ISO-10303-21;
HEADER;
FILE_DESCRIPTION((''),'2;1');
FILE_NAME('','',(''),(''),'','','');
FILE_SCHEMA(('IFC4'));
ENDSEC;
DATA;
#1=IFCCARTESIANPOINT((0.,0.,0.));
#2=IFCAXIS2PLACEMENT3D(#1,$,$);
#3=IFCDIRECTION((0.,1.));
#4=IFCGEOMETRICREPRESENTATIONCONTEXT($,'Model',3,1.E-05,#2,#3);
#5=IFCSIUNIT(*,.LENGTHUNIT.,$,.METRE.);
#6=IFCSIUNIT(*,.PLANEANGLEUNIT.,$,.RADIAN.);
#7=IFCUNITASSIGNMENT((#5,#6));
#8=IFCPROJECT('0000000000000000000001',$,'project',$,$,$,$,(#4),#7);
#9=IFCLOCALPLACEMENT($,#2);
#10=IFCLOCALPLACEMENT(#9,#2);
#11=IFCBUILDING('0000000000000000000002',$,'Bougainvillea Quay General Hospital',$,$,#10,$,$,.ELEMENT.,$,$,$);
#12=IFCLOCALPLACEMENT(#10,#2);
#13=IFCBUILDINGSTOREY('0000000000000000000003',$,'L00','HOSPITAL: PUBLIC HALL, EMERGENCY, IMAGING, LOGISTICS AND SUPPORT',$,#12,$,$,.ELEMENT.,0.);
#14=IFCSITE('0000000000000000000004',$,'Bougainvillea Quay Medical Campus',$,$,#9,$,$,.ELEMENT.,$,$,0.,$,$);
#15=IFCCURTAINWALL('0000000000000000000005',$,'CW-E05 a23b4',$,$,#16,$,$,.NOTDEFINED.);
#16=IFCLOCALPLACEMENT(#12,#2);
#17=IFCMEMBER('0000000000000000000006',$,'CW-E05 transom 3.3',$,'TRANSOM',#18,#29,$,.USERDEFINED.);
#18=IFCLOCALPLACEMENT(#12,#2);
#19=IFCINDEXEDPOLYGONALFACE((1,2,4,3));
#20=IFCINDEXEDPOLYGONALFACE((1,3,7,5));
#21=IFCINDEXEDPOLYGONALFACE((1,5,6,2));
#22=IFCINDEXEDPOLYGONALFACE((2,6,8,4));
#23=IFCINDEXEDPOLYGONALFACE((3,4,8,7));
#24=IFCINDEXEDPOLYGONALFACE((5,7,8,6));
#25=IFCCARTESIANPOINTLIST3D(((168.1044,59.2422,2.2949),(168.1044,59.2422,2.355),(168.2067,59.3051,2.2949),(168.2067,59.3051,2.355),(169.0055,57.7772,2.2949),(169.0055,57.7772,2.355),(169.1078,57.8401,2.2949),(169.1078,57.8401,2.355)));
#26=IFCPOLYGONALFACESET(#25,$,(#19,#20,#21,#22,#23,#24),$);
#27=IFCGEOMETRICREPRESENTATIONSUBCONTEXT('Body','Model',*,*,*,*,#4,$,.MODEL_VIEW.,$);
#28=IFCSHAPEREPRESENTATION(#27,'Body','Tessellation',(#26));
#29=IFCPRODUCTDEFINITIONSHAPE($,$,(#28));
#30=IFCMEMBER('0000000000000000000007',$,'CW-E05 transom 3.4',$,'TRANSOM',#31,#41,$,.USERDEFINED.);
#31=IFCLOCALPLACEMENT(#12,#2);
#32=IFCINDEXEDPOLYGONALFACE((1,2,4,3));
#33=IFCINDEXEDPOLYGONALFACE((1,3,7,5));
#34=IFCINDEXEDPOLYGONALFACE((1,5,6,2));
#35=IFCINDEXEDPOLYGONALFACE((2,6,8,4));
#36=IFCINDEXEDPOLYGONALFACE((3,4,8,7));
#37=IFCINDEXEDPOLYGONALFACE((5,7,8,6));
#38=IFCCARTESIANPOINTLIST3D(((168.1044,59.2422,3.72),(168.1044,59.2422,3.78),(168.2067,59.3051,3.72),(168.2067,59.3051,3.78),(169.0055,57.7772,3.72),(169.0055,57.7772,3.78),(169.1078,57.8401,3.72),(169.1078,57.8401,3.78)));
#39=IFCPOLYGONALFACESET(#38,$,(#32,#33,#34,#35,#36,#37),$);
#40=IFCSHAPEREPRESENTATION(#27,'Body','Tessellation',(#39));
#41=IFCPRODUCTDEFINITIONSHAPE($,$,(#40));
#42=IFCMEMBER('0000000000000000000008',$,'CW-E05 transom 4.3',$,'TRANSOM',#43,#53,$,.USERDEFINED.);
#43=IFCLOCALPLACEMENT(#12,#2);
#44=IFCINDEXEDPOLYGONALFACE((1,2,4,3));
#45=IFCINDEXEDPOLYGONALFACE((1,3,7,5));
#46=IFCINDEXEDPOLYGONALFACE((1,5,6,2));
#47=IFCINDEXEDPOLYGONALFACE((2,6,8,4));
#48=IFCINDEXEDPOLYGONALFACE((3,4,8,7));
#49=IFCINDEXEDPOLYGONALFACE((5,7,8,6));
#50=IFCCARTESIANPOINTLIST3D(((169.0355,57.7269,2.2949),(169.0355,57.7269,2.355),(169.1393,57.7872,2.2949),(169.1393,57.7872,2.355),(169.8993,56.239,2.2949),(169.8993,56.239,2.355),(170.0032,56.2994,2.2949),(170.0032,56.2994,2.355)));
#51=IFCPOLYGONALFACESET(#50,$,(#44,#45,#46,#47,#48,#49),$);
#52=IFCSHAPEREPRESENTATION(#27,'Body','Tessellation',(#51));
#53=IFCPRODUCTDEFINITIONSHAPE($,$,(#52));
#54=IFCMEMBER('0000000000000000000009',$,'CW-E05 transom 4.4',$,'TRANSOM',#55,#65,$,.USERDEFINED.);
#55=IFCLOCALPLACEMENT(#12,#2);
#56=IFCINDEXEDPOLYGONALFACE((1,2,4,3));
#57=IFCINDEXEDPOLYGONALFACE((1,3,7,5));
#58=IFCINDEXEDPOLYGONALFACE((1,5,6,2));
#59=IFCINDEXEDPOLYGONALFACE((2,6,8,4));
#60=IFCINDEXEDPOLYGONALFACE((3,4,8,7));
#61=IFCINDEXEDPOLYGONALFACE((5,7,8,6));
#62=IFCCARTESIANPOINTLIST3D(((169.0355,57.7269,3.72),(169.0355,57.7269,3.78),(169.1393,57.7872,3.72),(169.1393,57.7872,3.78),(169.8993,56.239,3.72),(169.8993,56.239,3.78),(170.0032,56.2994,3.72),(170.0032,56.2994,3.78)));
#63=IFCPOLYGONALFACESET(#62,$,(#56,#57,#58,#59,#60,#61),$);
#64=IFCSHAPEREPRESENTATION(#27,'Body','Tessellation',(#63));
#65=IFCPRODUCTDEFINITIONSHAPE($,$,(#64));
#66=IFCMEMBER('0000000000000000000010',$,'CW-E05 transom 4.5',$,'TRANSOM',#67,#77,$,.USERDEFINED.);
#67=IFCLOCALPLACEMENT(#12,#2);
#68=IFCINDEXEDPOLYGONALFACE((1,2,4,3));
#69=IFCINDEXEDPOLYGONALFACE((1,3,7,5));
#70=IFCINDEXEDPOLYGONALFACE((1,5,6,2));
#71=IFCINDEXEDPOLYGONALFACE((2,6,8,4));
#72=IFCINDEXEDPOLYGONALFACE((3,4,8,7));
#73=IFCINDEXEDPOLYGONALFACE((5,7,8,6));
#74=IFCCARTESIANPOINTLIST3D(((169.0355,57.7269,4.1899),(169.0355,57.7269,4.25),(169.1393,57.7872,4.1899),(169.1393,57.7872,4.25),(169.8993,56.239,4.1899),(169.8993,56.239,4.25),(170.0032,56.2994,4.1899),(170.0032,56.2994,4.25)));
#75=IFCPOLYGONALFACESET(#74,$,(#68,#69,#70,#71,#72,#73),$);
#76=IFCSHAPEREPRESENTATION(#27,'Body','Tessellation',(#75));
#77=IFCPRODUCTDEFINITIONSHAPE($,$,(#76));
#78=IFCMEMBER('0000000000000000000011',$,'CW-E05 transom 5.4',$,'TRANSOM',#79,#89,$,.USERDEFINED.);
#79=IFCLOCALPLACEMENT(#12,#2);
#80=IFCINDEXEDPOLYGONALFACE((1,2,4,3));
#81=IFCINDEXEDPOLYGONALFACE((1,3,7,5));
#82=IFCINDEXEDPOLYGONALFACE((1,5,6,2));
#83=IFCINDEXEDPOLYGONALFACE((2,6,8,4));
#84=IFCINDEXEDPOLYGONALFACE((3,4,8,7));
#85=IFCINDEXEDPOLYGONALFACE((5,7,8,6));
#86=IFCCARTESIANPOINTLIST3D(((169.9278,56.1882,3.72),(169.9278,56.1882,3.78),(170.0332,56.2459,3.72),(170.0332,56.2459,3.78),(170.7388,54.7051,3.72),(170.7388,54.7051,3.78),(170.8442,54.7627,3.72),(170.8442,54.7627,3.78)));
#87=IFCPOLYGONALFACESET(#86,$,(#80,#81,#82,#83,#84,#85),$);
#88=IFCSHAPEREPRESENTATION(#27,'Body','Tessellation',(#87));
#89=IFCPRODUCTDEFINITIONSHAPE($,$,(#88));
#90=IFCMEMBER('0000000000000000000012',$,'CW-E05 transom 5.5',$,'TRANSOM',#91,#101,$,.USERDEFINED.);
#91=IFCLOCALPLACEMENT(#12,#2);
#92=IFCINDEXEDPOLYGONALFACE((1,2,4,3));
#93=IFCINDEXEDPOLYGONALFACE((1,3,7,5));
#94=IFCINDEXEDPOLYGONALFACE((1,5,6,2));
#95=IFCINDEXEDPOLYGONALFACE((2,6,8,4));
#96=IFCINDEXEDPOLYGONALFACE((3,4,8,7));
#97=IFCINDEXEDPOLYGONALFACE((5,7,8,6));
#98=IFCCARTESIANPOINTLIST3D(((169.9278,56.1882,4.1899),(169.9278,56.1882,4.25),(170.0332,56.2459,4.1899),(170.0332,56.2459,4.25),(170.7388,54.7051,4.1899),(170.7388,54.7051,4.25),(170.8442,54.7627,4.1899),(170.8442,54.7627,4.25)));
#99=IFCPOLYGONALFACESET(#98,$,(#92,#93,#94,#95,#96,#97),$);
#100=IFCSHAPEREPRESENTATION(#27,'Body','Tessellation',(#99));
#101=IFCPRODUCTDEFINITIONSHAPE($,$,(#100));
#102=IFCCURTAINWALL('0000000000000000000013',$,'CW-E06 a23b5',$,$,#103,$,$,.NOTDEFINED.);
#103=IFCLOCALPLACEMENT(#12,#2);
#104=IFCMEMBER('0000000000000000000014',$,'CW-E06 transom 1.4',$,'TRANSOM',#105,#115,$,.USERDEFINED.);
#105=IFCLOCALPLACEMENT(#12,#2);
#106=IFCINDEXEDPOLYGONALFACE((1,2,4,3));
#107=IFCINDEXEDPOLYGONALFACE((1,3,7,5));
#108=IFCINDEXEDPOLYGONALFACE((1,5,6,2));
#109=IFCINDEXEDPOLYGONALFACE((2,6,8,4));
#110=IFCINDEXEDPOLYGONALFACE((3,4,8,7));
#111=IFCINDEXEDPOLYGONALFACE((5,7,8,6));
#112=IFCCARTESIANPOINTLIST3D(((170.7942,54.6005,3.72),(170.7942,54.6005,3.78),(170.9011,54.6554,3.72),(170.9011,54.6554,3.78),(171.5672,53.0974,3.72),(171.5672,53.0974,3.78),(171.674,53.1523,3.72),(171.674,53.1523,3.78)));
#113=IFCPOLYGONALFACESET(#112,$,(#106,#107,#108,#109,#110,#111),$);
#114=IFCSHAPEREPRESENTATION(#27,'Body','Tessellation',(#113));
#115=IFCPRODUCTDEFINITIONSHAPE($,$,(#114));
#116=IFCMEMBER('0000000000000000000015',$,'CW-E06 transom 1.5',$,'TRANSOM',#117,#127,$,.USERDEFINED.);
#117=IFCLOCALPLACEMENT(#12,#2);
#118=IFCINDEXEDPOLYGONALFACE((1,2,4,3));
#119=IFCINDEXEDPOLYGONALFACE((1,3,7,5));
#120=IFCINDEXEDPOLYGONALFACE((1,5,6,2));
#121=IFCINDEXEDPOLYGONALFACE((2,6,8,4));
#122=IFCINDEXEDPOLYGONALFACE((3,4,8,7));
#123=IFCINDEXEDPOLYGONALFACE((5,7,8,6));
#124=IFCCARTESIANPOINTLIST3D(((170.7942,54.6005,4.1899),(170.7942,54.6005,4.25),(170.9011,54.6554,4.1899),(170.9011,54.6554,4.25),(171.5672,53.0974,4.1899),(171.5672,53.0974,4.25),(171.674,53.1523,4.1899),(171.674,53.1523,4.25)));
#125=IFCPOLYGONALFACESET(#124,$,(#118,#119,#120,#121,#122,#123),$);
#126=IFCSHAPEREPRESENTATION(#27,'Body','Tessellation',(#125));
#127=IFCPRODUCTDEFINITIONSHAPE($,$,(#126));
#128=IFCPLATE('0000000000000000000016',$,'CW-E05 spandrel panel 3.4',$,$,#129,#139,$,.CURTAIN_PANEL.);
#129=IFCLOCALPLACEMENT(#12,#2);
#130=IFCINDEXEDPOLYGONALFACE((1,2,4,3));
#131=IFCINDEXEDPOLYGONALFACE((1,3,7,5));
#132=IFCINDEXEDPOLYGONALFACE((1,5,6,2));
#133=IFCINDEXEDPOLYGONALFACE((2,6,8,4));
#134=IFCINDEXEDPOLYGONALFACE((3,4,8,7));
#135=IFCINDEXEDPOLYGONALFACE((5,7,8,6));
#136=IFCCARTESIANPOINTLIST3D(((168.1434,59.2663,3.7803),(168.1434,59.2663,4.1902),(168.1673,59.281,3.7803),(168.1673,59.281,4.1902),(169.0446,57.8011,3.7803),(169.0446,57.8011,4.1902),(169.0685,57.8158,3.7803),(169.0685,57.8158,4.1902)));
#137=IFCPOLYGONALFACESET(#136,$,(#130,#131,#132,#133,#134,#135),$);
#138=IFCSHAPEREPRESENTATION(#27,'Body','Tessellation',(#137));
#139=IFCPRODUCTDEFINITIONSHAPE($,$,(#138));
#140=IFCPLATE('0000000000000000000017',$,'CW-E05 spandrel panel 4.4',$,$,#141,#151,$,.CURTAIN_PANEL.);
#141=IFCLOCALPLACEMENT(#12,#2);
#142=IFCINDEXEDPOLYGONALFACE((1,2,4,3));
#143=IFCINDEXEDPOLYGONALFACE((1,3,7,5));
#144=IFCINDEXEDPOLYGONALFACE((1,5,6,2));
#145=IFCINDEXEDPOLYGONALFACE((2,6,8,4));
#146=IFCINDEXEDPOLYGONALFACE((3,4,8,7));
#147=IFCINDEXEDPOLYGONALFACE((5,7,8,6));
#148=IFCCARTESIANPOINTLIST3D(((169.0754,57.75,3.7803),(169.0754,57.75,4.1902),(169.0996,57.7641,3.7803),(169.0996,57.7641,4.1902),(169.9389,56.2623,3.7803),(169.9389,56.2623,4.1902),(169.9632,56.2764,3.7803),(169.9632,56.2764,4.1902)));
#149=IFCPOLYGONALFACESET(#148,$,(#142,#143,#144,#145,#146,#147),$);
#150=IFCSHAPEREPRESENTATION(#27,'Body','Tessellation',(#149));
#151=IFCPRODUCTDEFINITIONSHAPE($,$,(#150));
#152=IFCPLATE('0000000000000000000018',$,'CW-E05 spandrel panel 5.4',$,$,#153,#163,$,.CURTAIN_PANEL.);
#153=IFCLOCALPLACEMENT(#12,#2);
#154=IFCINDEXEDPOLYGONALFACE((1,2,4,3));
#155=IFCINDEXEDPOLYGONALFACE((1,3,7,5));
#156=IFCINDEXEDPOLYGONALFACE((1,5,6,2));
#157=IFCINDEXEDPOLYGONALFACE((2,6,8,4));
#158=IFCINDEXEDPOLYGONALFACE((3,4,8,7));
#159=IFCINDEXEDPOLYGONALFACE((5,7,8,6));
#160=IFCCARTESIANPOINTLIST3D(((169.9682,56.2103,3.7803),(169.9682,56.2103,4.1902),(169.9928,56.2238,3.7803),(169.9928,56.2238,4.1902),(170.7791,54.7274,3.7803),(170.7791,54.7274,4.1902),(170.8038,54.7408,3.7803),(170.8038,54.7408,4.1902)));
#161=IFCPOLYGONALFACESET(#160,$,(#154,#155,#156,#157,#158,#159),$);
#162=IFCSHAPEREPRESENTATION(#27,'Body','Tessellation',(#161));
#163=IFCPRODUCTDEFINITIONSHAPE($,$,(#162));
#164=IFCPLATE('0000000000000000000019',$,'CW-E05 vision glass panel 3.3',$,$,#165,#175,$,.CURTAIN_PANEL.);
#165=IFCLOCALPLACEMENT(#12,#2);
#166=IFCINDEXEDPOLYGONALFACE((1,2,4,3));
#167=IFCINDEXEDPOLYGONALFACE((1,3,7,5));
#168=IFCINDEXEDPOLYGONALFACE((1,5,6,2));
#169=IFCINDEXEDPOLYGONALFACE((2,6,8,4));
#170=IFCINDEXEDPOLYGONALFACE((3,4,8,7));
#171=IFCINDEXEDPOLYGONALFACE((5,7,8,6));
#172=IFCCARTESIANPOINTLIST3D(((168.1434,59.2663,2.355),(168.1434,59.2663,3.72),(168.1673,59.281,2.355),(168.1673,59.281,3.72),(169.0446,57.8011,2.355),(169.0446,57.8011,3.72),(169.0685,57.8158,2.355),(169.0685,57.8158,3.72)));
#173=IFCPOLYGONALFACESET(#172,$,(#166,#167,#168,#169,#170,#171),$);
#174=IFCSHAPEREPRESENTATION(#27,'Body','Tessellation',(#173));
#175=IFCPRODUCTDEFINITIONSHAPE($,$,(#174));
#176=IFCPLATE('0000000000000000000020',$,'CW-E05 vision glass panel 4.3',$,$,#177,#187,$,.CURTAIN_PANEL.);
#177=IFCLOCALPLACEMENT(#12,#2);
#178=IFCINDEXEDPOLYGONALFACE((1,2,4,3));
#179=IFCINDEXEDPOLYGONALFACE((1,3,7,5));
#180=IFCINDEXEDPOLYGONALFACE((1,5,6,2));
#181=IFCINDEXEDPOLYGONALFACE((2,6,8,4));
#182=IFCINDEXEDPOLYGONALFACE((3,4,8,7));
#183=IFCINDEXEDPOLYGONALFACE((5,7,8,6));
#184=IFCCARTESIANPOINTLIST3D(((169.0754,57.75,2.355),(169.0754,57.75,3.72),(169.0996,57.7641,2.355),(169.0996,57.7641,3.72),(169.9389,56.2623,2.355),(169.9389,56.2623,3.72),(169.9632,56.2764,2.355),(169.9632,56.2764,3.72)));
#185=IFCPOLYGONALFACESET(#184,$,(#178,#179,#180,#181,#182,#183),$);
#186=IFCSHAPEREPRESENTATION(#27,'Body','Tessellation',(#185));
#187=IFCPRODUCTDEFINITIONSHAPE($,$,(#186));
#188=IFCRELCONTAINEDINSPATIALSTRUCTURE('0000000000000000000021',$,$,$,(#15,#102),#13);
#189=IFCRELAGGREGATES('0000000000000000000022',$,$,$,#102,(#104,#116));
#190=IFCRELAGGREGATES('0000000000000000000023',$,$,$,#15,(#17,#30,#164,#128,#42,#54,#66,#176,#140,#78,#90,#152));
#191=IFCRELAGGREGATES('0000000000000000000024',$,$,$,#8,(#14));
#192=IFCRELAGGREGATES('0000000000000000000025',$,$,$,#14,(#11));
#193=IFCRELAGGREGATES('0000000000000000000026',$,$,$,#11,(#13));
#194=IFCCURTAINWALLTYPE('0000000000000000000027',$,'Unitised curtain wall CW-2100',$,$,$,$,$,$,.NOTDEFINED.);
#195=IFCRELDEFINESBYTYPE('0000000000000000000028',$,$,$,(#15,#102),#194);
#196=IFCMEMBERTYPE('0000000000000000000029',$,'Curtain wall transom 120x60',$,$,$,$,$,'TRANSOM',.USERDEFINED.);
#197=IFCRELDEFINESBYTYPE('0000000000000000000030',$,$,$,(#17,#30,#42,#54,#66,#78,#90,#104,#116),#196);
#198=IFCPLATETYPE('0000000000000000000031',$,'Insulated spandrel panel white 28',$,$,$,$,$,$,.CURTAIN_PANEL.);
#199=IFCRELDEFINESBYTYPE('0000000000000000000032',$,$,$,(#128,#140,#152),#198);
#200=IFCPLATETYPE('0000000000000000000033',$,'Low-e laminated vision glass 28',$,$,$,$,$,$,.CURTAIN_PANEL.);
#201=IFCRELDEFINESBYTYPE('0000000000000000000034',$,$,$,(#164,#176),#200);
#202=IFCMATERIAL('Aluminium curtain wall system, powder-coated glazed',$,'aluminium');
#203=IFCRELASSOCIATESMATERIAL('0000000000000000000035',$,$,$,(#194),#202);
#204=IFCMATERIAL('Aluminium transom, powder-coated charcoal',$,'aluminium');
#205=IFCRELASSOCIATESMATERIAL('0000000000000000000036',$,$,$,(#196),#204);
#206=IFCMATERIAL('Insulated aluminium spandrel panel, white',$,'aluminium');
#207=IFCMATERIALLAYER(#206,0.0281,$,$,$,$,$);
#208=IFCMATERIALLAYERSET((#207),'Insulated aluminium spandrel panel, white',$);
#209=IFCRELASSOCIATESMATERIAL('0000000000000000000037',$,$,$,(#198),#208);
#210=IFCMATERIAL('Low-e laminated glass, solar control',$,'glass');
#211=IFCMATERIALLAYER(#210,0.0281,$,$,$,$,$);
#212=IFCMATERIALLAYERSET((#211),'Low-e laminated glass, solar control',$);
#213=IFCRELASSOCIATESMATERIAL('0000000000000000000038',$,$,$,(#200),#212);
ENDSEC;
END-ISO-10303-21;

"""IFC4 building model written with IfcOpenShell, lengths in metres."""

from ifc_helpers import new_model, si_unit, direction, frame, origin, origin_2d, place, context, subcontext, project, spatial, rectangle, extrude, material, layer, layer_set, material_profile, profile_set, type_object, element, aggregate, save


model = new_model("IFC4")

# Units and contexts
model_context = context("Model", 3, precision=1e-05, world=origin(), true_north=direction((0.0, 1.0)))
body_context = subcontext(model_context, "Body", "Model", "MODEL_VIEW")
ifc_project = project(units=[si_unit("LENGTHUNIT", "METRE"), si_unit("PLANEANGLEUNIT", "RADIAN")], contexts=[model_context])

# Site, building, storey
site_placement = place(None, origin())
site = spatial("IfcSite", under=ifc_project, at=site_placement, Name="Bougainvillea Quay Medical Campus", CompositionType="ELEMENT", RefElevation=0.0)
building_placement = place(site_placement, origin())
building = spatial("IfcBuilding", under=site, at=building_placement, Name="Bougainvillea Quay General Hospital", CompositionType="ELEMENT")
storey_placement = place(building_placement, origin())
storey = spatial("IfcBuildingStorey", under=building, at=storey_placement, Name="L00", Description="HOSPITAL: PUBLIC HALL, EMERGENCY, IMAGING, LOGISTICS AND SUPPORT", CompositionType="ELEMENT", Elevation=0.0)

# Curtain walls, members
ifc_material_1 = material(Name="Aluminium curtain wall system, powder-coated glazed", Category="aluminium")
curtain_wall_type = type_object("IfcCurtainWallType", Name="Unitised curtain wall CW-2100", PredefinedType="NOTDEFINED", material=ifc_material_1)
curtain_wall_1_placement = place(storey_placement, origin())
curtain_wall_1 = element("IfcCurtainWall", 1, at=curtain_wall_1_placement, inside=storey, type_object=curtain_wall_type, Name="CW-E05 a23b4", PredefinedType="NOTDEFINED")
ifc_material_2 = material(Name="Aluminium transom, powder-coated charcoal", Category="aluminium")
ifc_material_profile_1 = material_profile(ifc_material_2, rectangle(XDim=0.1201, YDim=0.0601, at=origin_2d()))
ifc_profile_set_1 = profile_set([ifc_material_profile_1], Name="Aluminium transom, powder-coated charcoal")
member_type = type_object("IfcMemberType", Name="Curtain wall transom 120x60", ElementType="TRANSOM", PredefinedType="USERDEFINED", material=ifc_profile_set_1)
member_1_placement = place(storey_placement, frame((168.1555, 59.2737, 2.325), z_axis=(0.523899, -0.85178, 0.0), x_axis=(0.85178, 0.523899, 0.0)))
member_1 = element("IfcMember", 2, at=member_1_placement, type_object=member_type, Name="CW-E05 transom 3.3", ObjectType="TRANSOM", PredefinedType="USERDEFINED", context=body_context, shape_type="SweptSolid", body=[
    extrude(rectangle(XDim=0.1201, YDim=0.0601, at=origin_2d()), origin(), (0.0, 0.0, 1.0), 1.72),
])
member_2_placement = place(storey_placement, frame((168.1555, 59.2737, 3.75), z_axis=(0.523899, -0.85178, 0.0), x_axis=(0.85178, 0.523899, 0.0)))
member_2 = element("IfcMember", 3, at=member_2_placement, type_object=member_type, Name="CW-E05 transom 3.4", ObjectType="TRANSOM", PredefinedType="USERDEFINED", context=body_context, shape_type="SweptSolid", body=[
    extrude(rectangle(XDim=0.1201, YDim=0.0601, at=origin_2d()), origin(), (0.0, 0.0, 1.0), 1.72),
])
member_3_placement = place(storey_placement, frame((169.0874, 57.7571, 2.325), z_axis=(0.502088, -0.864817, 0.0), x_axis=(0.864817, 0.502088, 0.0)))
member_3 = element("IfcMember", 4, at=member_3_placement, type_object=member_type, Name="CW-E05 transom 4.3", ObjectType="TRANSOM", PredefinedType="USERDEFINED", context=body_context, shape_type="SweptSolid", body=[
    extrude(rectangle(XDim=0.1201, YDim=0.0601, at=origin_2d()), origin(), (0.0, 0.0, 1.0), 1.7205),
])
member_4_placement = place(storey_placement, frame((169.0874, 57.7571, 3.75), z_axis=(0.502088, -0.864817, 0.0), x_axis=(0.864817, 0.502088, 0.0)))
member_4 = element("IfcMember", 5, at=member_4_placement, type_object=member_type, Name="CW-E05 transom 4.4", ObjectType="TRANSOM", PredefinedType="USERDEFINED", context=body_context, shape_type="SweptSolid", body=[
    extrude(rectangle(XDim=0.1201, YDim=0.0601, at=origin_2d()), origin(), (0.0, 0.0, 1.0), 1.7205),
])
member_5_placement = place(storey_placement, frame((169.0874, 57.7571, 4.22), z_axis=(0.502088, -0.864817, 0.0), x_axis=(0.864817, 0.502088, 0.0)))
member_5 = element("IfcMember", 6, at=member_5_placement, type_object=member_type, Name="CW-E05 transom 4.5", ObjectType="TRANSOM", PredefinedType="USERDEFINED", context=body_context, shape_type="SweptSolid", body=[
    extrude(rectangle(XDim=0.1201, YDim=0.0601, at=origin_2d()), origin(), (0.0, 0.0, 1.0), 1.7205),
])
member_6_placement = place(storey_placement, frame((169.9805, 56.217, 3.75), z_axis=(0.479783, -0.877387, 0.0), x_axis=(0.877387, 0.479783, 0.0)))
member_6 = element("IfcMember", 7, at=member_6_placement, type_object=member_type, Name="CW-E05 transom 5.4", ObjectType="TRANSOM", PredefinedType="USERDEFINED", context=body_context, shape_type="SweptSolid", body=[
    extrude(rectangle(XDim=0.1201, YDim=0.0601, at=origin_2d()), origin(), (0.0, 0.0, 1.0), 1.6904),
])
member_7_placement = place(storey_placement, frame((169.9805, 56.217, 4.22), z_axis=(0.479783, -0.877387, 0.0), x_axis=(0.877387, 0.479783, 0.0)))
member_7 = element("IfcMember", 8, at=member_7_placement, type_object=member_type, Name="CW-E05 transom 5.5", ObjectType="TRANSOM", PredefinedType="USERDEFINED", context=body_context, shape_type="SweptSolid", body=[
    extrude(rectangle(XDim=0.1201, YDim=0.0601, at=origin_2d()), origin(), (0.0, 0.0, 1.0), 1.6904),
])
curtain_wall_2_placement = place(storey_placement, origin())
curtain_wall_2 = element("IfcCurtainWall", 9, at=curtain_wall_2_placement, inside=storey, type_object=curtain_wall_type, Name="CW-E06 a23b5", PredefinedType="NOTDEFINED")
member_8_placement = place(storey_placement, frame((170.8477, 54.6279, 3.75), z_axis=(0.457296, -0.889315, 0.0), x_axis=(0.889315, 0.457296, 0.0)))
member_8 = element("IfcMember", 10, at=member_8_placement, type_object=member_type, Name="CW-E06 transom 1.4", ObjectType="TRANSOM", PredefinedType="USERDEFINED", context=body_context, shape_type="SweptSolid", body=[
    extrude(rectangle(XDim=0.1201, YDim=0.0601, at=origin_2d()), origin(), (0.0, 0.0, 1.0), 1.6902),
])
member_9_placement = place(storey_placement, frame((170.8477, 54.6279, 4.22), z_axis=(0.457296, -0.889315, 0.0), x_axis=(0.889315, 0.457296, 0.0)))
member_9 = element("IfcMember", 11, at=member_9_placement, type_object=member_type, Name="CW-E06 transom 1.5", ObjectType="TRANSOM", PredefinedType="USERDEFINED", context=body_context, shape_type="SweptSolid", body=[
    extrude(rectangle(XDim=0.1201, YDim=0.0601, at=origin_2d()), origin(), (0.0, 0.0, 1.0), 1.6902),
])
aggregate(curtain_wall_2, [member_8, member_9])

# Plates
ifc_material_3 = material(Name="Insulated aluminium spandrel panel, white", Category="aluminium")
ifc_layer_1 = layer(ifc_material_3, 0.0281)
ifc_layer_set_1 = layer_set([ifc_layer_1], Name="Insulated aluminium spandrel panel, white")
plate_type_1 = type_object("IfcPlateType", Name="Insulated spandrel panel white 28", PredefinedType="CURTAIN_PANEL", material=ifc_layer_set_1)
plate_1_placement = place(storey_placement, frame((168.606, 58.541, 3.7803), z_axis=(0.0, 0.0, 1.0), x_axis=(0.523926, -0.851764, 0.0)))
plate_1 = element("IfcPlate", 12, at=plate_1_placement, type_object=plate_type_1, Name="CW-E05 spandrel panel 3.4", PredefinedType="CURTAIN_PANEL", context=body_context, shape_type="SweptSolid", body=[
    extrude(rectangle(XDim=1.7202, YDim=0.0281, at=origin_2d()), origin(), (0.0, 0.0, 1.0), 0.4099),
])
plate_2_placement = place(storey_placement, frame((169.5193, 57.0132, 3.7803), z_axis=(0.0, 0.0, 1.0), x_axis=(0.502018, -0.864857, 0.0)))
plate_2 = element("IfcPlate", 13, at=plate_2_placement, type_object=plate_type_1, Name="CW-E05 spandrel panel 4.4", PredefinedType="CURTAIN_PANEL", context=body_context, shape_type="SweptSolid", body=[
    extrude(rectangle(XDim=1.7202, YDim=0.0281, at=origin_2d()), origin(), (0.0, 0.0, 1.0), 0.4099),
])
plate_3_placement = place(storey_placement, frame((170.386, 55.4756, 3.7803), z_axis=(0.0, 0.0, 1.0), x_axis=(0.479783, -0.877387, 0.0)))
plate_3 = element("IfcPlate", 14, at=plate_3_placement, type_object=plate_type_1, Name="CW-E05 spandrel panel 5.4", PredefinedType="CURTAIN_PANEL", context=body_context, shape_type="SweptSolid", body=[
    extrude(rectangle(XDim=1.6902, YDim=0.0281, at=origin_2d()), origin(), (0.0, 0.0, 1.0), 0.4099),
])
ifc_material_4 = material(Name="Low-e laminated glass, solar control", Category="glass")
ifc_layer_2 = layer(ifc_material_4, 0.0281)
ifc_layer_set_2 = layer_set([ifc_layer_2], Name="Low-e laminated glass, solar control")
plate_type_2 = type_object("IfcPlateType", Name="Low-e laminated vision glass 28", PredefinedType="CURTAIN_PANEL", material=ifc_layer_set_2)
plate_4_placement = place(storey_placement, frame((168.606, 58.541, 2.355), z_axis=(0.0, 0.0, 1.0), x_axis=(0.523926, -0.851764, 0.0)))
plate_4 = element("IfcPlate", 15, at=plate_4_placement, type_object=plate_type_2, Name="CW-E05 vision glass panel 3.3", PredefinedType="CURTAIN_PANEL", context=body_context, shape_type="SweptSolid", body=[
    extrude(rectangle(XDim=1.7202, YDim=0.0281, at=origin_2d()), origin(), (0.0, 0.0, 1.0), 1.365),
])
plate_5_placement = place(storey_placement, frame((169.5193, 57.0132, 2.355), z_axis=(0.0, 0.0, 1.0), x_axis=(0.502018, -0.864857, 0.0)))
plate_5 = element("IfcPlate", 16, at=plate_5_placement, type_object=plate_type_2, Name="CW-E05 vision glass panel 4.3", PredefinedType="CURTAIN_PANEL", context=body_context, shape_type="SweptSolid", body=[
    extrude(rectangle(XDim=1.7202, YDim=0.0281, at=origin_2d()), origin(), (0.0, 0.0, 1.0), 1.365),
])
aggregate(curtain_wall_1, [member_1, member_2, plate_4, plate_1, member_3, member_4, member_5, plate_5, plate_2, member_6, member_7, plate_3])

save(model, "model.ifc")
